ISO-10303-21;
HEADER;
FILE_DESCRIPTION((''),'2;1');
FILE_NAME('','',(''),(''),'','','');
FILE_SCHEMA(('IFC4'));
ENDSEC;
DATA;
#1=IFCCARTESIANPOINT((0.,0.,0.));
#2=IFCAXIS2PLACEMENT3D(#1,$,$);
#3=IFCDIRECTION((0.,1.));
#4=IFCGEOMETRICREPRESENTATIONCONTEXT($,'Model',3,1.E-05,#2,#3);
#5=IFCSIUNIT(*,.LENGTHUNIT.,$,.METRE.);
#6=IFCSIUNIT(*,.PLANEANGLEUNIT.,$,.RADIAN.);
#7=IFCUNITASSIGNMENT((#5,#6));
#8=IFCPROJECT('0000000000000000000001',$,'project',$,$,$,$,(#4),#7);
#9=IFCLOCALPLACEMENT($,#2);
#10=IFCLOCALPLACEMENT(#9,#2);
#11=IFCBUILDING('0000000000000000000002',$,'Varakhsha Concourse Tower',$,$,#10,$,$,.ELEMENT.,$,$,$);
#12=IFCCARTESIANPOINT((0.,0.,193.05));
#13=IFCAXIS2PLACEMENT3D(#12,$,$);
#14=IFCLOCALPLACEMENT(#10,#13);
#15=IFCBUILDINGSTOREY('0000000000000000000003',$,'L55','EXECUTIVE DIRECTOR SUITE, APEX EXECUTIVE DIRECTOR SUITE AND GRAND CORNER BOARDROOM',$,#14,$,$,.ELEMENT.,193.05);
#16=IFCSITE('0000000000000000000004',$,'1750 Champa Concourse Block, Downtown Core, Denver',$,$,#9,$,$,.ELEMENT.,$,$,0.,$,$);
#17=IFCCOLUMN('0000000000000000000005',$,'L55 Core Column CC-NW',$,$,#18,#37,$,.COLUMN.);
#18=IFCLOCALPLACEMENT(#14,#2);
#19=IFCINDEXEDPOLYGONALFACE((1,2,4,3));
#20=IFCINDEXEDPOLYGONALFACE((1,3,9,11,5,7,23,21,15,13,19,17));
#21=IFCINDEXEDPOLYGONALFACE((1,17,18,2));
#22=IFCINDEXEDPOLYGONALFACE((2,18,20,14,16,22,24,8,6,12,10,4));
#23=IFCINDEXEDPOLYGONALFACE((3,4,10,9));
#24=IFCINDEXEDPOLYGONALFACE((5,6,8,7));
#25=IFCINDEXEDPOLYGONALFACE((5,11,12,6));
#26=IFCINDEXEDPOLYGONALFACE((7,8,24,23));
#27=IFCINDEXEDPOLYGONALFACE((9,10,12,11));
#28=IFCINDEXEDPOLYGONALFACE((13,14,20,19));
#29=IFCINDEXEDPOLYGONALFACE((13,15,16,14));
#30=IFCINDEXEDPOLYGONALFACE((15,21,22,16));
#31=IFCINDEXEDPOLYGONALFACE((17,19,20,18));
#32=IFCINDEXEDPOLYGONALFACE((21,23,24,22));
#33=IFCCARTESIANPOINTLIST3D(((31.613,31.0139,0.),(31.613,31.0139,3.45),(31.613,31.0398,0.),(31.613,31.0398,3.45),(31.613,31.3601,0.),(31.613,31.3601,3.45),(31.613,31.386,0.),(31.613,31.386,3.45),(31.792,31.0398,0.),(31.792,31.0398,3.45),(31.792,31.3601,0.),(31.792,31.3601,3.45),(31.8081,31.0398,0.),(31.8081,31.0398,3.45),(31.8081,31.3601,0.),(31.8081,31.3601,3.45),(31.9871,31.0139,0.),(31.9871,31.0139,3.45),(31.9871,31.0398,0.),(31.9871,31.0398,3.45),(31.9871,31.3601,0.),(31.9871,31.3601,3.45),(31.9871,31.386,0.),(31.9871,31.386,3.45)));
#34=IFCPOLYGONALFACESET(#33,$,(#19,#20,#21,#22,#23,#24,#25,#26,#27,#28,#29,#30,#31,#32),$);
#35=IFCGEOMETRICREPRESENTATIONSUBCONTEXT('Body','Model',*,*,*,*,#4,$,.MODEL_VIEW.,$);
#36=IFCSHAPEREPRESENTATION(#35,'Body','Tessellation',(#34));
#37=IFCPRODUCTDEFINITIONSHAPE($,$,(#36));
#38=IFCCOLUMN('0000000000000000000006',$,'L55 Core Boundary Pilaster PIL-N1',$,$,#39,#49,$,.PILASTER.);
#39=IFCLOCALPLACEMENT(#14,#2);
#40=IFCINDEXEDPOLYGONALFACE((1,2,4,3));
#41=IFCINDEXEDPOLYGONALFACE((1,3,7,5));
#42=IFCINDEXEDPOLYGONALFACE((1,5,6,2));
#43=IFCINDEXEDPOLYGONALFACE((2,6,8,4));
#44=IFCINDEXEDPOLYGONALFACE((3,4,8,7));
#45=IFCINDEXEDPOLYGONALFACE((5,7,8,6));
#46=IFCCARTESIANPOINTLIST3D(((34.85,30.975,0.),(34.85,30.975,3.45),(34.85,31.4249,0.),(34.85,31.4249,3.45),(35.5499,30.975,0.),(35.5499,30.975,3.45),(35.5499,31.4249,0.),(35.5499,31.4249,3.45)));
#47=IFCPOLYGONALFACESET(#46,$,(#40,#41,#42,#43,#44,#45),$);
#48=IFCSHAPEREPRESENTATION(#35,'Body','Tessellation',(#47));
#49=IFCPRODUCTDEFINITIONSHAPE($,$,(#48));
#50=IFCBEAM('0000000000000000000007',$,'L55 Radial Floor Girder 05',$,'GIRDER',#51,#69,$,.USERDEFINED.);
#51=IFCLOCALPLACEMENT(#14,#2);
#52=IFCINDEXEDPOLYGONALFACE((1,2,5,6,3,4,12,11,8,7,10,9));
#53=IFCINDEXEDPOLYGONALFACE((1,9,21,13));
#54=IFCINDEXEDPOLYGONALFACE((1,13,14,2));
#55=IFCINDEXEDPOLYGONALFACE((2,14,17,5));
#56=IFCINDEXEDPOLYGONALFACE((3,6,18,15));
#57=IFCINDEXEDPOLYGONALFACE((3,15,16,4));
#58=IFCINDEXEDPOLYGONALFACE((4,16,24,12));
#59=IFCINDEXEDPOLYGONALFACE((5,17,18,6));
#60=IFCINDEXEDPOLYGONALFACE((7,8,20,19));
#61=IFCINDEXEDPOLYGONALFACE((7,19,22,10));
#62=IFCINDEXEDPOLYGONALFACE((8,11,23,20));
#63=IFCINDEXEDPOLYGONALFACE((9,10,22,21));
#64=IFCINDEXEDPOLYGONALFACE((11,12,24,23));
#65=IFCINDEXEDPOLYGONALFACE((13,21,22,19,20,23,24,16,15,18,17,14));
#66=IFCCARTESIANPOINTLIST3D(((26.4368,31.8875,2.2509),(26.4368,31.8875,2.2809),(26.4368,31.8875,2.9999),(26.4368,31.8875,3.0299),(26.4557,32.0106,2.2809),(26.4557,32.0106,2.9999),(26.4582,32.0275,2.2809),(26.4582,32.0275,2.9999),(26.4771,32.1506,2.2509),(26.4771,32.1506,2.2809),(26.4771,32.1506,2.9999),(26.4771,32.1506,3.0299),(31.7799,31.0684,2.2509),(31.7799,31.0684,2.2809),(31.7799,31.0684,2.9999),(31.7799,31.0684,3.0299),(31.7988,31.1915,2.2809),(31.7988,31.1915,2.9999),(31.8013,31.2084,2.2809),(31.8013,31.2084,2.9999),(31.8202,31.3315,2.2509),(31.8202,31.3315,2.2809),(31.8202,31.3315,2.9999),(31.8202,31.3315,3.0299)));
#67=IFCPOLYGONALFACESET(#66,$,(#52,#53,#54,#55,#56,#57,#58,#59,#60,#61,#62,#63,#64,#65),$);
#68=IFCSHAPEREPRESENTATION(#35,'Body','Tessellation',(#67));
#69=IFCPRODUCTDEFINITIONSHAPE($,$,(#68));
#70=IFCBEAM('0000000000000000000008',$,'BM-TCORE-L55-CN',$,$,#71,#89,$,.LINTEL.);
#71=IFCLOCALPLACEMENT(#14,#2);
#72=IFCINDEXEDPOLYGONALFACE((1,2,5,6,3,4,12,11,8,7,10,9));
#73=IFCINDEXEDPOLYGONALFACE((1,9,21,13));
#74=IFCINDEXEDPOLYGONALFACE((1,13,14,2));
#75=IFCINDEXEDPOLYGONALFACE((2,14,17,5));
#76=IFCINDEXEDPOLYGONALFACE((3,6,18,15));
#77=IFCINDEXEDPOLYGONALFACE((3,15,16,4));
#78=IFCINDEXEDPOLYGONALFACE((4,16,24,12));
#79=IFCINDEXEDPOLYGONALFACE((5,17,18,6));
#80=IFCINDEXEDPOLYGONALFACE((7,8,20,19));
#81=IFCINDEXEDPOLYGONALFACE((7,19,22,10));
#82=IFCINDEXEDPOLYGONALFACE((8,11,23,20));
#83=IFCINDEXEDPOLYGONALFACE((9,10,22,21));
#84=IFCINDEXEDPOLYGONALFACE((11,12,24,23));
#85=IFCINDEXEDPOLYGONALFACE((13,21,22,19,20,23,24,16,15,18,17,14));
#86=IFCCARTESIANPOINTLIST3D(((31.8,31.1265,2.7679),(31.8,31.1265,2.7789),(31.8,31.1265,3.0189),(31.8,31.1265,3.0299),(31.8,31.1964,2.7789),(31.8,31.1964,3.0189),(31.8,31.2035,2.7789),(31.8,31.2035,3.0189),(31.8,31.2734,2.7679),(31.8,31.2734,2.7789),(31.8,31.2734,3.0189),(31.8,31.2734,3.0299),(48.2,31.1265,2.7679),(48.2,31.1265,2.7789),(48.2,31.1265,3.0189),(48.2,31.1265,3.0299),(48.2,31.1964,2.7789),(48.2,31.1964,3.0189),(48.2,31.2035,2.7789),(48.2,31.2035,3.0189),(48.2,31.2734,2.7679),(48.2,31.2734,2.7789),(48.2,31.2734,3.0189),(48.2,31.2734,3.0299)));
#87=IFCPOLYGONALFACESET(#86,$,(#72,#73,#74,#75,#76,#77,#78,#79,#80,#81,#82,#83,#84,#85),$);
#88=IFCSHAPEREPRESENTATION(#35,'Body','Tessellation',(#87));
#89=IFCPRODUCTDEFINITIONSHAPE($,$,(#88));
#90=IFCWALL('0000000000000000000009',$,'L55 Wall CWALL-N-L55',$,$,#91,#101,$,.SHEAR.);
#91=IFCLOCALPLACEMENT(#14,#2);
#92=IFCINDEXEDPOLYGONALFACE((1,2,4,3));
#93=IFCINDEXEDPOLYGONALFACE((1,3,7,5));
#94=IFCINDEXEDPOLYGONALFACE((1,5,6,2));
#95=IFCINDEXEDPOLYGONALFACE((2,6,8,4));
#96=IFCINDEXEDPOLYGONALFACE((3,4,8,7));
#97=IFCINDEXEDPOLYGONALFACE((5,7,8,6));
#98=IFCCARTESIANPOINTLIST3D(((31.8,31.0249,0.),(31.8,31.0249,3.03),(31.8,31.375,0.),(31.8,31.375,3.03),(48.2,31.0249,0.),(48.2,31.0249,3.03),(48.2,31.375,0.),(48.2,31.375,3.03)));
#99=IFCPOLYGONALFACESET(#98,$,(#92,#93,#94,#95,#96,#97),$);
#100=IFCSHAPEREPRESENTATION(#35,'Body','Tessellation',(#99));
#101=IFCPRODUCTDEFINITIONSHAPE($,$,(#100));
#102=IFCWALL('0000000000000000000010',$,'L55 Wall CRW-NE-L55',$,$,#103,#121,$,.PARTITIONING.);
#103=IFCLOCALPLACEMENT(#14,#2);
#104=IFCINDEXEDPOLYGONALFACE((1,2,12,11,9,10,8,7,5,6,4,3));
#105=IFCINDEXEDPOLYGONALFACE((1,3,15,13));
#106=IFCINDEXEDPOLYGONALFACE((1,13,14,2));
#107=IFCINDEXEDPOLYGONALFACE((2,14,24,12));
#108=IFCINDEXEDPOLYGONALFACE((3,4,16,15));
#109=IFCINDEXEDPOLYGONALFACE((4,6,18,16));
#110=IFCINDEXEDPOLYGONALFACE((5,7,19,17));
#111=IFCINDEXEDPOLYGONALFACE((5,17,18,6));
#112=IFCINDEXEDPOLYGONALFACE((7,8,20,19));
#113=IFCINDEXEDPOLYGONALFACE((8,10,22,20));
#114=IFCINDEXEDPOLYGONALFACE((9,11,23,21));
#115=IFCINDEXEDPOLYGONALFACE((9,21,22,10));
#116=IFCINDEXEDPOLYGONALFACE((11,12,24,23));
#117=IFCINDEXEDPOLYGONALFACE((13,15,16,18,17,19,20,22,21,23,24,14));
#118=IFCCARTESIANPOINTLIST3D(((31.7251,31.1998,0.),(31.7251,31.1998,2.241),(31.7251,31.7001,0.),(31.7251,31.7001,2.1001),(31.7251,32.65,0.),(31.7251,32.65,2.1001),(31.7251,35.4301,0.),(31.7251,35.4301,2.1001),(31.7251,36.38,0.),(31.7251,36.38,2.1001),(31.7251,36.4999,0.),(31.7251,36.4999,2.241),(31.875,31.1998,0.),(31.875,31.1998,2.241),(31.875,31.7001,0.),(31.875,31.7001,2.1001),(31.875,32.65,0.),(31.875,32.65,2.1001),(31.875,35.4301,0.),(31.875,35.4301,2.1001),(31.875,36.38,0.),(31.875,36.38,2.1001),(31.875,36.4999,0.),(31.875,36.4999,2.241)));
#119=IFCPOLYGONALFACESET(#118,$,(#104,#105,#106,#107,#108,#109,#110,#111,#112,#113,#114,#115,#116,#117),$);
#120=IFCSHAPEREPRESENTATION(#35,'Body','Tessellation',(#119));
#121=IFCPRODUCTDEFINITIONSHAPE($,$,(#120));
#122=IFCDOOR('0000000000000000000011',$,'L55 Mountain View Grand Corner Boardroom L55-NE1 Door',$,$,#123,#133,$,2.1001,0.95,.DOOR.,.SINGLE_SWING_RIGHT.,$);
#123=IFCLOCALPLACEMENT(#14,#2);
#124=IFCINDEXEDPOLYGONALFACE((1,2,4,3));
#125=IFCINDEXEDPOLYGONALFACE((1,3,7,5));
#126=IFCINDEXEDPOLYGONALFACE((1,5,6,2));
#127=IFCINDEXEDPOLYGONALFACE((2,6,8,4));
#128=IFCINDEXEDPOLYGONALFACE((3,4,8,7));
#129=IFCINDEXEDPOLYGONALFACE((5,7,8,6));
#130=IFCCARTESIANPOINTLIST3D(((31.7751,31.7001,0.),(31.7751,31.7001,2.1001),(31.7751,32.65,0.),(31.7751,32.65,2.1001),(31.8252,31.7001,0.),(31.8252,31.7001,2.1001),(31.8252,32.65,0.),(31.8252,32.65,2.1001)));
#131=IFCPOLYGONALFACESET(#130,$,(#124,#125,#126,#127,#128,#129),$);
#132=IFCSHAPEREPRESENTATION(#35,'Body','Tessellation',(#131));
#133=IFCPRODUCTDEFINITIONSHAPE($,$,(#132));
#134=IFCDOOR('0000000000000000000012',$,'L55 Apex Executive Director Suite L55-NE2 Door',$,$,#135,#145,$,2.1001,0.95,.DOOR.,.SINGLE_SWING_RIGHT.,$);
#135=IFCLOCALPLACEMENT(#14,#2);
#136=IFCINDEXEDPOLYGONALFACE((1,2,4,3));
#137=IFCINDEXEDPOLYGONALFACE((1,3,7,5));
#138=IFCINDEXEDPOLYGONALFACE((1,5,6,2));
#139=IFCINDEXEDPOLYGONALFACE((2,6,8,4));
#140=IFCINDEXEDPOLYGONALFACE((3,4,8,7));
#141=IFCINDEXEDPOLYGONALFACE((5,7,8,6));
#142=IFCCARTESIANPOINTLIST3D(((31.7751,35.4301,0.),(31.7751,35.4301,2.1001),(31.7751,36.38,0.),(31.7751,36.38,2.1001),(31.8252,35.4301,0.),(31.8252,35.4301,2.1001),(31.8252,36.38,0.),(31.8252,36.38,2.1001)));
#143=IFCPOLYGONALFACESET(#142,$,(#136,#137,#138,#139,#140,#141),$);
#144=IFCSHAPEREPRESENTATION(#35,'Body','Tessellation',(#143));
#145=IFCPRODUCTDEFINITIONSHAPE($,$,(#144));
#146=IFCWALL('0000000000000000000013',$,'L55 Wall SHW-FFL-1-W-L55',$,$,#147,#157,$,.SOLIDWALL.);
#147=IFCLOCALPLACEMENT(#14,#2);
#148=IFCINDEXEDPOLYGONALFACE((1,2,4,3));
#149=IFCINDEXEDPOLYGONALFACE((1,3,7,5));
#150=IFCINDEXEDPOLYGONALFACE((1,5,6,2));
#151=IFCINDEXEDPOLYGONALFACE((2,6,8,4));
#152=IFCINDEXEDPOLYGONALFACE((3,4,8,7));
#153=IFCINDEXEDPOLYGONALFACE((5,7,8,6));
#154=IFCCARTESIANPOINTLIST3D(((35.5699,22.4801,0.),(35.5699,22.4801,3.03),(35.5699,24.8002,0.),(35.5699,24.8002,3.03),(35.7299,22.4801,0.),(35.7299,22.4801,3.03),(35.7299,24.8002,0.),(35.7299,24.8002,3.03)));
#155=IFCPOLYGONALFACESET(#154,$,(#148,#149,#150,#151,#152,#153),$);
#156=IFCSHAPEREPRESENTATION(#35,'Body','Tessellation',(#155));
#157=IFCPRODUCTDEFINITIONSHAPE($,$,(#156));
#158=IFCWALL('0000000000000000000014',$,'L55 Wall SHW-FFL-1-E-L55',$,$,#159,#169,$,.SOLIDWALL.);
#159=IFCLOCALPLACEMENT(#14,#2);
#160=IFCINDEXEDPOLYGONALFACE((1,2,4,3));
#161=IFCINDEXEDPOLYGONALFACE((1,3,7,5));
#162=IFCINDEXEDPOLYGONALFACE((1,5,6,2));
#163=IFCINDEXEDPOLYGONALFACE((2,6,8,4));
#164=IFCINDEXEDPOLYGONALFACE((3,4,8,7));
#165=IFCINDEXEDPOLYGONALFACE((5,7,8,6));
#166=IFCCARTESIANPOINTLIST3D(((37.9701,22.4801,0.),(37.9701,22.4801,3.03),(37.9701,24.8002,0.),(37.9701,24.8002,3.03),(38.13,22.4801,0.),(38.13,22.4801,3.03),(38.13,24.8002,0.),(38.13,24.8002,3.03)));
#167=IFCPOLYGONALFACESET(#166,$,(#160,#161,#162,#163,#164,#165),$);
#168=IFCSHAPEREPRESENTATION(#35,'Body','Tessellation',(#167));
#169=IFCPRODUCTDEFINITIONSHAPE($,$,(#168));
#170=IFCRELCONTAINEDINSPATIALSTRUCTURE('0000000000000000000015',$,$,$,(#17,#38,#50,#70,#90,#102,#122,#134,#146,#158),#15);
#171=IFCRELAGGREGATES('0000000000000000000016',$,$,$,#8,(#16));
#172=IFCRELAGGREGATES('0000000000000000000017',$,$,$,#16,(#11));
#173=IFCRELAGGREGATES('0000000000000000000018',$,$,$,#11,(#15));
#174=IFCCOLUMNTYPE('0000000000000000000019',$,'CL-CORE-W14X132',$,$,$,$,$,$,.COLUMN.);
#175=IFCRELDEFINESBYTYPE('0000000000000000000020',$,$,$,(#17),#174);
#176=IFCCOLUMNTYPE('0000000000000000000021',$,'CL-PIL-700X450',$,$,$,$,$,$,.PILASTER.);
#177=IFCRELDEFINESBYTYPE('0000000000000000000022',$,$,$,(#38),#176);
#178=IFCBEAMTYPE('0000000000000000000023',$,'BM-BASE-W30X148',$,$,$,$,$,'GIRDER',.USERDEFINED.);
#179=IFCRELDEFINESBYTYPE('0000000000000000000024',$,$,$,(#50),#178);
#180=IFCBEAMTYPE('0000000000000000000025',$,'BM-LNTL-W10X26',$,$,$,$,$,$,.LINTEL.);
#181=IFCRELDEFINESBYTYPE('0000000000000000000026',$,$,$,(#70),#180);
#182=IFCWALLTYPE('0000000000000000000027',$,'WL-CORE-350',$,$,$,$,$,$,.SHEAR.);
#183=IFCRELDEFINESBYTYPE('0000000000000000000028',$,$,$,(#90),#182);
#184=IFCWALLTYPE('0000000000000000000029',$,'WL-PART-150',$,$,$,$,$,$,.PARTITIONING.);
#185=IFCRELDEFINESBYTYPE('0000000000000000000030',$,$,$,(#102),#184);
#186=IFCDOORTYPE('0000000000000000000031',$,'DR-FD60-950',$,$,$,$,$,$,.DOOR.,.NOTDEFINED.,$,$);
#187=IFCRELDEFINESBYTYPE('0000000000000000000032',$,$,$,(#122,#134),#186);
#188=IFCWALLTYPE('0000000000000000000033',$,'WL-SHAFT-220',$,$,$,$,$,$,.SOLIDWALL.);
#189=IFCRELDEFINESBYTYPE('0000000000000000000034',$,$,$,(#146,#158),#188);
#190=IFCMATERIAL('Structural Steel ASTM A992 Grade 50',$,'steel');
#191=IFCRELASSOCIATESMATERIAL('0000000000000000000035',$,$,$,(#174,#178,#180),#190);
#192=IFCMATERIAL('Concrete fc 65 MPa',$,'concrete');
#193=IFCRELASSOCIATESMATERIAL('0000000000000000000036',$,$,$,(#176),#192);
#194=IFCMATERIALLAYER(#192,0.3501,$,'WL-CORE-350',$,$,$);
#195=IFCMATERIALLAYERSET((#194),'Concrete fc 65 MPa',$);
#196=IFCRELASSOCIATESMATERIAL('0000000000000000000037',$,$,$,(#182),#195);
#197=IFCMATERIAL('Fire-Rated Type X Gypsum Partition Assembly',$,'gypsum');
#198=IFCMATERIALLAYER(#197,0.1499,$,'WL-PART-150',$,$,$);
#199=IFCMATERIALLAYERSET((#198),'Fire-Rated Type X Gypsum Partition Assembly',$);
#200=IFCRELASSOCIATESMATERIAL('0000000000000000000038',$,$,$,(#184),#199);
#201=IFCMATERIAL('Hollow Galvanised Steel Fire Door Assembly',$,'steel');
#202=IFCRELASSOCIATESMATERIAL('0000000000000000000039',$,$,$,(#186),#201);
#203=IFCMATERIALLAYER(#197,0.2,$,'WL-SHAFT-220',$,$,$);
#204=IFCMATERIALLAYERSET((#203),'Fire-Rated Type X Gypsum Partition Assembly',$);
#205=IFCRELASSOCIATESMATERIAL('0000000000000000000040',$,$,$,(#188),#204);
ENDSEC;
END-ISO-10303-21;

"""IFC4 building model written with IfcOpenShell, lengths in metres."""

from ifc_helpers import new_model, si_unit, direction, frame, frame_2d, origin, origin_2d, place, context, subcontext, project, spatial, rectangle, i_section, extrude, material, layer, layer_set, material_profile, profile_set, type_object, element, fill, save


model = new_model("IFC4")

# Units and contexts
model_context = context("Model", 3, precision=1e-05, world=origin(), true_north=direction((0.0, 1.0)))
body_context = subcontext(model_context, "Body", "Model", "MODEL_VIEW")
ifc_project = project(units=[si_unit("LENGTHUNIT", "METRE"), si_unit("PLANEANGLEUNIT", "RADIAN")], contexts=[model_context])

# Site, building, storey
site_placement = place(None, origin())
site = spatial("IfcSite", under=ifc_project, at=site_placement, Name="1750 Champa Concourse Block, Downtown Core, Denver", CompositionType="ELEMENT", RefElevation=0.0)
building_placement = place(site_placement, origin())
building = spatial("IfcBuilding", under=site, at=building_placement, Name="Varakhsha Concourse Tower", CompositionType="ELEMENT")
storey_placement = place(building_placement, frame((0.0, 0.0, 193.05)))
storey = spatial("IfcBuildingStorey", under=building, at=storey_placement, Name="L55", Description="EXECUTIVE DIRECTOR SUITE, APEX EXECUTIVE DIRECTOR SUITE AND GRAND CORNER BOARDROOM", CompositionType="ELEMENT", Elevation=193.05)

# Columns
ifc_material_1 = material(Name="Structural Steel ASTM A992 Grade 50", Category="steel")
ifc_material_profile_1 = material_profile(ifc_material_1, i_section(OverallWidth=0.374, OverallDepth=0.3721, WebThickness=0.0161, FlangeThickness=0.0259, at=origin_2d()), Name="W14X132")
ifc_profile_set_1 = profile_set([ifc_material_profile_1], Name="Structural Steel ASTM A992 Grade 50")
column_type_1 = type_object("IfcColumnType", Name="CL-CORE-W14X132", PredefinedType="COLUMN", material=ifc_profile_set_1)
column_1_placement = place(storey_placement, frame((31.8, 31.2, 0.0), z_axis=(0.0, 0.0, 1.0), x_axis=(1.0, 0.0, 0.0)))
element("IfcColumn", 1, at=column_1_placement, inside=storey, type_object=column_type_1, Name="L55 Core Column CC-NW", PredefinedType="COLUMN", context=body_context, shape_type="SweptSolid", body=[
    extrude(i_section(OverallWidth=0.374, OverallDepth=0.3721, WebThickness=0.0161, FlangeThickness=0.0259, at=origin_2d()), origin(), (0.0, 0.0, 1.0), 3.45),
])
ifc_material_2 = material(Name="Concrete fc 65 MPa", Category="concrete")
ifc_material_profile_2 = material_profile(ifc_material_2, rectangle(XDim=0.7, YDim=0.45, at=origin_2d()), Name="RC 700x450")
ifc_profile_set_2 = profile_set([ifc_material_profile_2], Name="Concrete fc 65 MPa")
column_type_2 = type_object("IfcColumnType", Name="CL-PIL-700X450", PredefinedType="PILASTER", material=ifc_profile_set_2)
column_2_placement = place(storey_placement, frame((35.2, 31.2, 0.0), z_axis=(0.0, 0.0, 1.0), x_axis=(1.0, 0.0, 0.0)))
element("IfcColumn", 2, at=column_2_placement, inside=storey, type_object=column_type_2, Name="L55 Core Boundary Pilaster PIL-N1", PredefinedType="PILASTER", context=body_context, shape_type="SweptSolid", body=[
    extrude(rectangle(XDim=0.7, YDim=0.45, at=origin_2d()), origin(), (0.0, 0.0, 1.0), 3.45),
])

# Beams
ifc_material_profile_3 = material_profile(ifc_material_1, i_section(OverallWidth=0.2661, OverallDepth=0.7791, WebThickness=0.0171, FlangeThickness=0.03, at=origin_2d()), Name="W30X148")
ifc_profile_set_3 = profile_set([ifc_material_profile_3], Name="Structural Steel ASTM A992 Grade 50")
beam_type_1 = type_object("IfcBeamType", Name="BM-BASE-W30X148", ElementType="GIRDER", PredefinedType="USERDEFINED", material=ifc_profile_set_3)
beam_1_placement = place(storey_placement, frame((31.8, 31.2, 2.6404), z_axis=(-0.988452, 0.151531, 0.0), x_axis=(-0.151531, -0.988452, 0.0)))
element("IfcBeam", 3, at=beam_1_placement, inside=storey, type_object=beam_type_1, Name="L55 Radial Floor Girder 05", ObjectType="GIRDER", PredefinedType="USERDEFINED", context=body_context, shape_type="SweptSolid", body=[
    extrude(i_section(OverallWidth=0.2661, OverallDepth=0.7791, WebThickness=0.0171, FlangeThickness=0.03, at=origin_2d()), origin(), (0.0, 0.0, 1.0), 5.4055),
])
ifc_material_profile_4 = material_profile(ifc_material_1, i_section(OverallWidth=0.147, OverallDepth=0.262, WebThickness=0.0071, FlangeThickness=0.011, at=origin_2d()), Name="W10X26")
ifc_profile_set_4 = profile_set([ifc_material_profile_4], Name="Structural Steel ASTM A992 Grade 50")
beam_type_2 = type_object("IfcBeamType", Name="BM-LNTL-W10X26", PredefinedType="LINTEL", material=ifc_profile_set_4)
beam_2_placement = place(storey_placement, frame((31.8, 31.2, 2.8989), z_axis=(1.0, 0.0, 0.0), x_axis=(0.0, 1.0, 0.0)))
element("IfcBeam", 4, at=beam_2_placement, inside=storey, type_object=beam_type_2, Name="BM-TCORE-L55-CN", PredefinedType="LINTEL", context=body_context, shape_type="SweptSolid", body=[
    extrude(i_section(OverallWidth=0.147, OverallDepth=0.262, WebThickness=0.0071, FlangeThickness=0.011, at=origin_2d()), origin(), (0.0, 0.0, 1.0), 16.3999),
])

# Wall
ifc_layer_1 = layer(ifc_material_2, 0.3501, Name="WL-CORE-350")
ifc_layer_set_1 = layer_set([ifc_layer_1], Name="Concrete fc 65 MPa")
wall_type_1 = type_object("IfcWallType", Name="WL-CORE-350", PredefinedType="SHEAR", material=ifc_layer_set_1)
wall_1_placement = place(storey_placement, frame((31.8, 31.2, 0.0), z_axis=(0.0, 0.0, 1.0), x_axis=(1.0, 0.0, 0.0)))
element("IfcWall", 5, at=wall_1_placement, inside=storey, type_object=wall_type_1, Name="L55 Wall CWALL-N-L55", PredefinedType="SHEAR", context=body_context, shape_type="SweptSolid", body=[
    extrude(rectangle(XDim=16.3999, YDim=0.3501, at=frame_2d((8.2, 0.0))), origin(), (0.0, 0.0, 1.0), 3.03),
])

# Wall, openings, doors
ifc_material_3 = material(Name="Fire-Rated Type X Gypsum Partition Assembly", Category="gypsum")
ifc_layer_2 = layer(ifc_material_3, 0.1499, Name="WL-PART-150")
ifc_layer_set_2 = layer_set([ifc_layer_2], Name="Fire-Rated Type X Gypsum Partition Assembly")
wall_type_2 = type_object("IfcWallType", Name="WL-PART-150", PredefinedType="PARTITIONING", material=ifc_layer_set_2)
wall_2_placement = place(storey_placement, frame((31.8, 31.2, 0.0), z_axis=(0.0, 0.0, 1.0), x_axis=(0.0, 1.0, 0.0)))
wall_2 = element("IfcWall", 6, at=wall_2_placement, inside=storey, type_object=wall_type_2, Name="L55 Wall CRW-NE-L55", PredefinedType="PARTITIONING", context=body_context, shape_type="SweptSolid", body=[
    extrude(rectangle(XDim=5.3, YDim=0.1499, at=frame_2d((2.6499, 0.0))), origin(), (0.0, 0.0, 1.0), 2.241),
])
opening_1_placement = place(wall_2_placement, frame((0.5, 0.0, 0.0)))
opening_1 = element("IfcOpeningElement", 7, at=opening_1_placement, cuts=wall_2, PredefinedType="OPENING", context=body_context, shape_type="SweptSolid", body=[
    extrude(rectangle(XDim=0.95, YDim=2.1001, at=frame_2d((0.4751, 1.05))), frame((0.0, 0.085, 0.0), z_axis=(0.0, -1.0, 0.0), x_axis=(1.0, 0.0, 0.0)), (0.0, 0.0, 1.0), 0.1699),
])
opening_2_placement = place(wall_2_placement, frame((4.23, 0.0, 0.0)))
opening_2 = element("IfcOpeningElement", 8, at=opening_2_placement, cuts=wall_2, PredefinedType="OPENING", context=body_context, shape_type="SweptSolid", body=[
    extrude(rectangle(XDim=0.95, YDim=2.1001, at=frame_2d((0.4751, 1.05))), frame((0.0, 0.085, 0.0), z_axis=(0.0, -1.0, 0.0), x_axis=(1.0, 0.0, 0.0)), (0.0, 0.0, 1.0), 0.1699),
])
ifc_material_4 = material(Name="Hollow Galvanised Steel Fire Door Assembly", Category="steel")
door_type_1 = type_object("IfcDoorType", Name="DR-FD60-950", OperationType="NOTDEFINED", PredefinedType="DOOR", material=ifc_material_4)
door_1_placement = place(opening_1_placement, origin())
door_1 = element("IfcDoor", 9, at=door_1_placement, inside=storey, type_object=door_type_1, Name="L55 Mountain View Grand Corner Boardroom L55-NE1 Door", OperationType="SINGLE_SWING_RIGHT", OverallHeight=2.1001, OverallWidth=0.95, PredefinedType="DOOR", context=body_context, shape_type="SweptSolid", body=[
    extrude(rectangle(XDim=0.95, YDim=2.1001, at=frame_2d((0.4751, 1.05))), frame((0.0, 0.0249, 0.0), z_axis=(0.0, -1.0, 0.0), x_axis=(1.0, 0.0, 0.0)), (0.0, 0.0, 1.0), 0.05),
])
fill(opening_1, door_1)
door_2_placement = place(opening_2_placement, origin())
door_2 = element("IfcDoor", 10, at=door_2_placement, inside=storey, type_object=door_type_1, Name="L55 Apex Executive Director Suite L55-NE2 Door", OperationType="SINGLE_SWING_RIGHT", OverallHeight=2.1001, OverallWidth=0.95, PredefinedType="DOOR", context=body_context, shape_type="SweptSolid", body=[
    extrude(rectangle(XDim=0.95, YDim=2.1001, at=frame_2d((0.4751, 1.05))), frame((0.0, 0.0249, 0.0), z_axis=(0.0, -1.0, 0.0), x_axis=(1.0, 0.0, 0.0)), (0.0, 0.0, 1.0), 0.05),
])
fill(opening_2, door_2)
ifc_layer_3 = layer(ifc_material_3, 0.2, Name="WL-SHAFT-220")
ifc_layer_set_3 = layer_set([ifc_layer_3], Name="Fire-Rated Type X Gypsum Partition Assembly")
wall_type_3 = type_object("IfcWallType", Name="WL-SHAFT-220", PredefinedType="SOLIDWALL", material=ifc_layer_set_3)

# Walls
for number, where, z_axis, x_axis, name in (
    (11, (35.6499, 22.48, 0.0), (0.0, 0.0, 1.0), (0.0, 1.0, 0.0), "L55 Wall SHW-FFL-1-W-L55"),
    (12, (38.05, 22.48, 0.0), (0.0, 0.0, 1.0), (0.0, 1.0, 0.0), "L55 Wall SHW-FFL-1-E-L55"),
):
    element("IfcWall", number, at=place(storey_placement, frame(where, z_axis=z_axis, x_axis=x_axis)), inside=storey, type_object=wall_type_3, Name=name, PredefinedType="SOLIDWALL", context=body_context, shape_type="SweptSolid", body=[
        extrude(rectangle(XDim=2.3201, YDim=0.1599, at=frame_2d((1.1602, 0.0))), origin(), (0.0, 0.0, 1.0), 3.03),
    ])

save(model, "model.ifc")
